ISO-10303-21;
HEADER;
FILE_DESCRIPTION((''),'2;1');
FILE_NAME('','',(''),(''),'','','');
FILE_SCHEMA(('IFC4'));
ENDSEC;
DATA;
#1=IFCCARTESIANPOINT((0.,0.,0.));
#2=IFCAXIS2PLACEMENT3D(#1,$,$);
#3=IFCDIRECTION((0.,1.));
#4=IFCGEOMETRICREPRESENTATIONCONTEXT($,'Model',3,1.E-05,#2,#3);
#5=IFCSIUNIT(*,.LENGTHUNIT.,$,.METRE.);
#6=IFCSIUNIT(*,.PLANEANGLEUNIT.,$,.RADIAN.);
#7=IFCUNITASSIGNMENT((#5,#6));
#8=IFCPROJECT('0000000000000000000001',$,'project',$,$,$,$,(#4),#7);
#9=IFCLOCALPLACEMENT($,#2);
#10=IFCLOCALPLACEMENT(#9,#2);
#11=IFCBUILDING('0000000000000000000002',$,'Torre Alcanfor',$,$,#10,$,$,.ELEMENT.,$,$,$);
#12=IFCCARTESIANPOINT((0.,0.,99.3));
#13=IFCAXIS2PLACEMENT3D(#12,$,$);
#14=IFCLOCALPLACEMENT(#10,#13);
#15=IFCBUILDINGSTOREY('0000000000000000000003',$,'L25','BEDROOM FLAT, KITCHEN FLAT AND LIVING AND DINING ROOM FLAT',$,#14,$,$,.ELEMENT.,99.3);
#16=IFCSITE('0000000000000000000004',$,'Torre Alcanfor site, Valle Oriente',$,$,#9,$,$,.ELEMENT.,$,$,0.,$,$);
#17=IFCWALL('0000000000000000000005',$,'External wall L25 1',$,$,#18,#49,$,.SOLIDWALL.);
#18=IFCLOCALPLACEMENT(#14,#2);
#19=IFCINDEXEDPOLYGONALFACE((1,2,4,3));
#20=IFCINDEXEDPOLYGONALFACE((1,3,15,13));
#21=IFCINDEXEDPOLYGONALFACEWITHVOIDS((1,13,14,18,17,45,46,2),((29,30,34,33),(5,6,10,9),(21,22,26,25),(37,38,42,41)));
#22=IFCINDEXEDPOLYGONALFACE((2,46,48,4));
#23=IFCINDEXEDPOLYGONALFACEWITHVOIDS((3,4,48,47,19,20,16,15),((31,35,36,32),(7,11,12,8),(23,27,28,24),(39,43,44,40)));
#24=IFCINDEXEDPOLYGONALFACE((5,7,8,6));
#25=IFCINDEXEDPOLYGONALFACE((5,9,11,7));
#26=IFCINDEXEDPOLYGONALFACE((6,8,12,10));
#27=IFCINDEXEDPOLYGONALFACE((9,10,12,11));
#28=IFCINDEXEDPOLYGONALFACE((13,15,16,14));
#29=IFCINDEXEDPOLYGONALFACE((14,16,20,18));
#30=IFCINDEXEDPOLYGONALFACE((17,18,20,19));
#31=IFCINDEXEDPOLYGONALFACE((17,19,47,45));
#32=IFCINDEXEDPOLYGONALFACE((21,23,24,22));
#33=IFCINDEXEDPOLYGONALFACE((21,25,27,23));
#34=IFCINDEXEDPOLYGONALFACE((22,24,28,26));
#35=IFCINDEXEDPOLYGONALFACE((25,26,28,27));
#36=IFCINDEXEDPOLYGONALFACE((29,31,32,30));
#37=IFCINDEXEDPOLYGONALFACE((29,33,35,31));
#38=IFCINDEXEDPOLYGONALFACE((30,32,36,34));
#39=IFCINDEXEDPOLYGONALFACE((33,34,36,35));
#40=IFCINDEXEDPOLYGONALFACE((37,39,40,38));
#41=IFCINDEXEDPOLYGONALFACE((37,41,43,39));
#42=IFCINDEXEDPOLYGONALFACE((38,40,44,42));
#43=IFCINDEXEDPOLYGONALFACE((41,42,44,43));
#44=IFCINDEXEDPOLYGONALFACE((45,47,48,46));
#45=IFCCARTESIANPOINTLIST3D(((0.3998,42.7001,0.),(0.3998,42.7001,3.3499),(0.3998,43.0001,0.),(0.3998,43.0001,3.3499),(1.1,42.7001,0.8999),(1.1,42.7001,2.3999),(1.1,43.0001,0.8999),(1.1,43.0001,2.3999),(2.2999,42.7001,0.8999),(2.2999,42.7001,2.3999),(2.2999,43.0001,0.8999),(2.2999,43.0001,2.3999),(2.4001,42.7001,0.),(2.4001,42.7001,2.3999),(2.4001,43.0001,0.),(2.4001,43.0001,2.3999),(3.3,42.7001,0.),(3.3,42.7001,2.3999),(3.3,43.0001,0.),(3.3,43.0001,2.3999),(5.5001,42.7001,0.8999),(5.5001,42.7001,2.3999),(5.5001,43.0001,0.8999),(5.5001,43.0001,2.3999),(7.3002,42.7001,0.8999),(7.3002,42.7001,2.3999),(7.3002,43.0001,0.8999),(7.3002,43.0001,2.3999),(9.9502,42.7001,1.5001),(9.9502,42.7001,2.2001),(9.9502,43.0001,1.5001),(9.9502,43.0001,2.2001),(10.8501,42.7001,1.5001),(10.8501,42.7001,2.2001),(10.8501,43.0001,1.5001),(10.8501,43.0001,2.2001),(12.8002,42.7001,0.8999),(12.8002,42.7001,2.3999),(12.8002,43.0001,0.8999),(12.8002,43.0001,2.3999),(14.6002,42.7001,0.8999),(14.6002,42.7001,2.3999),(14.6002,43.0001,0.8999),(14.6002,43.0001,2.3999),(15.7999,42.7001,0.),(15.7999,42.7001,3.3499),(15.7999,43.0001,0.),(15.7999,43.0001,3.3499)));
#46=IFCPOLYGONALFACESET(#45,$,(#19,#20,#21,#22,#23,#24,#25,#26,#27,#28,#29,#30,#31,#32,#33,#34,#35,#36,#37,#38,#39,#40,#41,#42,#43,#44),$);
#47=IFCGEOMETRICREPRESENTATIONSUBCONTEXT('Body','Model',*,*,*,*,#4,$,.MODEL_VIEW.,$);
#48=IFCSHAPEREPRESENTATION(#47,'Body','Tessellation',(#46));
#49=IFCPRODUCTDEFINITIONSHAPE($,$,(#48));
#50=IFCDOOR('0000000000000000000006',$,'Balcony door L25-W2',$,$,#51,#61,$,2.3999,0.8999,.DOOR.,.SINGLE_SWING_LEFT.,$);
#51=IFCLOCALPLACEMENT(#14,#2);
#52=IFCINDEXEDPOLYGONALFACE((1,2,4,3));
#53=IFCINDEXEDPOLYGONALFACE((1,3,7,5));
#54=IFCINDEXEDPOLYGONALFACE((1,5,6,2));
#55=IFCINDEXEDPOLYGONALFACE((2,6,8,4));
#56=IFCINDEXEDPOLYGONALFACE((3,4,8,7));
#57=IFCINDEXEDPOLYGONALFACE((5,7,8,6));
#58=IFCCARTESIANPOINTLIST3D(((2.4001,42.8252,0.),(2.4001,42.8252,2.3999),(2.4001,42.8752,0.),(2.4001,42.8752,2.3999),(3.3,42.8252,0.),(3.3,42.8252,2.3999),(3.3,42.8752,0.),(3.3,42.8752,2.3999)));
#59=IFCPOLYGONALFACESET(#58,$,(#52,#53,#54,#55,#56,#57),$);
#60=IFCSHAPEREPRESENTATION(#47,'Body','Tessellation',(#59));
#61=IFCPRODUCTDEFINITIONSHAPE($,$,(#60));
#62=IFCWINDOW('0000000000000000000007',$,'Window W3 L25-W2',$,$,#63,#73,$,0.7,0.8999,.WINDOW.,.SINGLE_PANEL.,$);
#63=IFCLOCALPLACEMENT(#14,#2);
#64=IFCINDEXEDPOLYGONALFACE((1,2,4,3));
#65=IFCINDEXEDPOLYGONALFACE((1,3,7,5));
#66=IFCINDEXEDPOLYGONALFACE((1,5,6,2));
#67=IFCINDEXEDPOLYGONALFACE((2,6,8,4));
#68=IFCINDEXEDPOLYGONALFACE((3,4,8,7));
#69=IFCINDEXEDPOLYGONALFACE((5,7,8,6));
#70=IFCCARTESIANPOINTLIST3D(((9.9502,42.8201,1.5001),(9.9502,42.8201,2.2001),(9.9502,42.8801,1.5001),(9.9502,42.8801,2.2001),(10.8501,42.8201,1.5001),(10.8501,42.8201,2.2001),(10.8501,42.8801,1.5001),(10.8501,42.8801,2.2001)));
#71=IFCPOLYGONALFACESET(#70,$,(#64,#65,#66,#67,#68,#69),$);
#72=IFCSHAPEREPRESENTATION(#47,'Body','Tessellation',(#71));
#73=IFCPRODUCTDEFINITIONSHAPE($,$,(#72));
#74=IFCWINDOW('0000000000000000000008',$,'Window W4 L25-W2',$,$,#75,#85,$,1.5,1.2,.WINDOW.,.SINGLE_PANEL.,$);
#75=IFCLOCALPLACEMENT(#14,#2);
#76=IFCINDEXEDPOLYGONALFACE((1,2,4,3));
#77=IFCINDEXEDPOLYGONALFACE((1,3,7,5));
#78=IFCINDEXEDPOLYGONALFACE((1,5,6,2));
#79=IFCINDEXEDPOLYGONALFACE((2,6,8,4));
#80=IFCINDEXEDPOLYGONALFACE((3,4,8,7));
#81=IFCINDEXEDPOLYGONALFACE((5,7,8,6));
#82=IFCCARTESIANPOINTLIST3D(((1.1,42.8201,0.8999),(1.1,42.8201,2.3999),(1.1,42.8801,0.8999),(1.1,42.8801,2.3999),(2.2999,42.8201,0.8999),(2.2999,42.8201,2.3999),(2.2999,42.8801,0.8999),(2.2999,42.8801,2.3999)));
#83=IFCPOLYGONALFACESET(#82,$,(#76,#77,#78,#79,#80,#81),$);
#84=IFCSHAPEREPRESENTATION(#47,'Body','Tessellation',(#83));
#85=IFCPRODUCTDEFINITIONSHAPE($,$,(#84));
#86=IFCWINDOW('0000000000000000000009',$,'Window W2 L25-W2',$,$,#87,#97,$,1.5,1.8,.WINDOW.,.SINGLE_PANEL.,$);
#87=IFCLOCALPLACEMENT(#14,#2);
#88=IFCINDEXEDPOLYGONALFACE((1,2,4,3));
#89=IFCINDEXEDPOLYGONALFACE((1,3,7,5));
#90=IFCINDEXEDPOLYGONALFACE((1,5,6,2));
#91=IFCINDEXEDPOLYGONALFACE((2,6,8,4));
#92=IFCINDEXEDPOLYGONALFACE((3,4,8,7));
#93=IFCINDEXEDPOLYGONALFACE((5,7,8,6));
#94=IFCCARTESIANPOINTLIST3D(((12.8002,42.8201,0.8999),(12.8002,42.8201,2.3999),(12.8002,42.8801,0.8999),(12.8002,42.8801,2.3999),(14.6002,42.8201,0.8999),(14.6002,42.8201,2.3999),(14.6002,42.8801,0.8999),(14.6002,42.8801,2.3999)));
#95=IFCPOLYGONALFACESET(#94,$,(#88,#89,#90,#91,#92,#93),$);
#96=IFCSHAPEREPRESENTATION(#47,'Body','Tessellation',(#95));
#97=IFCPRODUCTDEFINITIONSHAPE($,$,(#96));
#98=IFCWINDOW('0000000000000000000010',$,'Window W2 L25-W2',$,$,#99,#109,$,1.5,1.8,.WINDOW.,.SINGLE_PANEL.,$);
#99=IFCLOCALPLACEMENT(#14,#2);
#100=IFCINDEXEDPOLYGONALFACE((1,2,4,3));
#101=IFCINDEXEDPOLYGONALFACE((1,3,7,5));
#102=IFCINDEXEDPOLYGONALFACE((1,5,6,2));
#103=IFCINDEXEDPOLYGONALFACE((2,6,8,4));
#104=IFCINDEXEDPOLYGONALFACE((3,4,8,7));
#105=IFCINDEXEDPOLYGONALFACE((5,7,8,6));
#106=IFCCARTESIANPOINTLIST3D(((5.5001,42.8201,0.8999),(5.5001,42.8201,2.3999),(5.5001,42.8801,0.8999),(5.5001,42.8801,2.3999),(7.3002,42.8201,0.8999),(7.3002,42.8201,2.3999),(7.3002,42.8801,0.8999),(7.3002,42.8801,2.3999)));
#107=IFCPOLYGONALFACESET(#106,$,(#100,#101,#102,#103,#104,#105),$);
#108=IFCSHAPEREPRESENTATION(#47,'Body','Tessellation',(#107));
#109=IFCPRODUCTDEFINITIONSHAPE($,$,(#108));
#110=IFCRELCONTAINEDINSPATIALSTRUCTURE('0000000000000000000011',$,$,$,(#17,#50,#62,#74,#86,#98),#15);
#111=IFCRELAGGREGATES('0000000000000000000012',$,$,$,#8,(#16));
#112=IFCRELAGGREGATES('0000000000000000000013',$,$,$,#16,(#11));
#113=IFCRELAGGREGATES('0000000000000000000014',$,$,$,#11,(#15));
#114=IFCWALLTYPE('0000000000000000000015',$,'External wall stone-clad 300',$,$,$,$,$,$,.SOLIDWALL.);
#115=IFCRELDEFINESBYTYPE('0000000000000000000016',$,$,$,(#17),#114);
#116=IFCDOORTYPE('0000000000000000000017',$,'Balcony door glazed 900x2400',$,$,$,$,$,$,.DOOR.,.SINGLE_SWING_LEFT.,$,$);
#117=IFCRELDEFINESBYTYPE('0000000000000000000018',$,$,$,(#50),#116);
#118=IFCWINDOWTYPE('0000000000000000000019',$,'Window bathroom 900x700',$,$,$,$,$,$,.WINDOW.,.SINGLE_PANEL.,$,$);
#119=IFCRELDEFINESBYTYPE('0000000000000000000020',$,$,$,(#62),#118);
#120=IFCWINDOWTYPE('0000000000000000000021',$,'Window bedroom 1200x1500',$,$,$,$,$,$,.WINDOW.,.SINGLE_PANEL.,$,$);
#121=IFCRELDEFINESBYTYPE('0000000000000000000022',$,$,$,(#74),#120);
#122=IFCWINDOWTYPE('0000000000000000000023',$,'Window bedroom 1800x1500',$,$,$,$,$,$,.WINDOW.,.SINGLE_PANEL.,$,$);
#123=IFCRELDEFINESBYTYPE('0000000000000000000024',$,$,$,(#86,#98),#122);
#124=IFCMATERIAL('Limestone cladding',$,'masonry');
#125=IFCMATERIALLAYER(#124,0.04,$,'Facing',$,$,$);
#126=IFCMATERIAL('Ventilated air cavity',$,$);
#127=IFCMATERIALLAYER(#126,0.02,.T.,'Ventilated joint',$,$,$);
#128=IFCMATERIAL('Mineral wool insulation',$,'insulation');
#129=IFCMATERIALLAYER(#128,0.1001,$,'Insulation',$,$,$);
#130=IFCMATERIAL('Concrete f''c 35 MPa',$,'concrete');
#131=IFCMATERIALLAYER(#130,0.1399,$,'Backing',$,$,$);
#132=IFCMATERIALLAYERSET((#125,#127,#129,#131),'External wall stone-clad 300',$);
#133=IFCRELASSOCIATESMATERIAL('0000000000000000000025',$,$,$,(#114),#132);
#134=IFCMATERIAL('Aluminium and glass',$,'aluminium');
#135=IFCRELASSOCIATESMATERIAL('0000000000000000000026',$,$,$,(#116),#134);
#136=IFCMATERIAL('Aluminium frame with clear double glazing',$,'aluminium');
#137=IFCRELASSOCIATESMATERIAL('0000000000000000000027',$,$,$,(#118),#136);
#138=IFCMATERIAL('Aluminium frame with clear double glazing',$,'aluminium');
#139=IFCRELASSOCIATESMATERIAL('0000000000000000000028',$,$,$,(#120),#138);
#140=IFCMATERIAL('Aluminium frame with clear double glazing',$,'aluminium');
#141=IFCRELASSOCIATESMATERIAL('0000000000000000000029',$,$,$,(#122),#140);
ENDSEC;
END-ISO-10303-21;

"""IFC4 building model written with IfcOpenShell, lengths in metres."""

from ifc_helpers import new_model, si_unit, direction, frame, frame_2d, origin, place, context, subcontext, project, spatial, rectangle, extrude, material, layer, layer_set, type_object, element, fill, save


model = new_model("IFC4")

# Units and contexts
model_context = context("Model", 3, precision=1e-05, world=origin(), true_north=direction((0.0, 1.0)))
body_context = subcontext(model_context, "Body", "Model", "MODEL_VIEW")
ifc_project = project(units=[si_unit("LENGTHUNIT", "METRE"), si_unit("PLANEANGLEUNIT", "RADIAN")], contexts=[model_context])

# Site, building, storey
site_placement = place(None, origin())
site = spatial("IfcSite", under=ifc_project, at=site_placement, Name="Torre Alcanfor site, Valle Oriente", CompositionType="ELEMENT", RefElevation=0.0)
building_placement = place(site_placement, origin())
building = spatial("IfcBuilding", under=site, at=building_placement, Name="Torre Alcanfor", CompositionType="ELEMENT")
storey_placement = place(building_placement, frame((0.0, 0.0, 99.3)))
storey = spatial("IfcBuildingStorey", under=building, at=storey_placement, Name="L25", Description="BEDROOM FLAT, KITCHEN FLAT AND LIVING AND DINING ROOM FLAT", CompositionType="ELEMENT", Elevation=99.3)

# Wall, openings, door, windows
ifc_material_1 = material(Name="Limestone cladding", Category="masonry")
ifc_layer_1 = layer(ifc_material_1, 0.04, Name="Facing")
ifc_material_2 = material(Name="Ventilated air cavity")
ifc_layer_2 = layer(ifc_material_2, 0.02, ventilated=True, Name="Ventilated joint")
ifc_material_3 = material(Name="Mineral wool insulation", Category="insulation")
ifc_layer_3 = layer(ifc_material_3, 0.1001, Name="Insulation")
ifc_material_4 = material(Name="Concrete f'c 35 MPa", Category="concrete")
ifc_layer_4 = layer(ifc_material_4, 0.1399, Name="Backing")
ifc_layer_set_1 = layer_set([ifc_layer_1, ifc_layer_2, ifc_layer_3, ifc_layer_4], Name="External wall stone-clad 300")
wall_type_1 = type_object("IfcWallType", Name="External wall stone-clad 300", PredefinedType="SOLIDWALL", material=ifc_layer_set_1)
wall_1_placement = place(storey_placement, frame((15.8, 42.8501, 0.0), z_axis=(0.0, 0.0, 1.0), x_axis=(-1.0, 0.0, 0.0)))
wall_1 = element("IfcWall", 1, at=wall_1_placement, inside=storey, type_object=wall_type_1, Name="External wall L25 1", PredefinedType="SOLIDWALL", context=body_context, shape_type="SweptSolid", body=[
    extrude(rectangle(XDim=15.4001, YDim=0.3, at=frame_2d((7.7002, 0.0))), origin(), (0.0, 0.0, 1.0), 3.3499),
])
opening_1_placement = place(wall_1_placement, frame((1.2, 0.0, 0.8999)))
opening_1 = element("IfcOpeningElement", 2, at=opening_1_placement, cuts=wall_1, PredefinedType="OPENING", context=body_context, shape_type="SweptSolid", body=[
    extrude(rectangle(XDim=1.8, YDim=1.5, at=frame_2d((0.8999, 0.75))), frame((0.0, 0.1599, 0.0), z_axis=(0.0, -1.0, 0.0), x_axis=(1.0, 0.0, 0.0)), (0.0, 0.0, 1.0), 0.3201),
])
opening_2_placement = place(wall_1_placement, frame((4.95, 0.0, 1.5)))
opening_2 = element("IfcOpeningElement", 3, at=opening_2_placement, cuts=wall_1, PredefinedType="OPENING", context=body_context, shape_type="SweptSolid", body=[
    extrude(rectangle(XDim=0.8999, YDim=0.7, at=frame_2d((0.45, 0.3501))), frame((0.0, 0.1599, 0.0), z_axis=(0.0, -1.0, 0.0), x_axis=(1.0, 0.0, 0.0)), (0.0, 0.0, 1.0), 0.3201),
])
opening_3_placement = place(wall_1_placement, frame((8.5, 0.0, 0.8999)))
opening_3 = element("IfcOpeningElement", 4, at=opening_3_placement, cuts=wall_1, PredefinedType="OPENING", context=body_context, shape_type="SweptSolid", body=[
    extrude(rectangle(XDim=1.8, YDim=1.5, at=frame_2d((0.8999, 0.75))), frame((0.0, 0.1599, 0.0), z_axis=(0.0, -1.0, 0.0), x_axis=(1.0, 0.0, 0.0)), (0.0, 0.0, 1.0), 0.3201),
])
opening_4_placement = place(wall_1_placement, frame((12.5, 0.0, 0.0)))
opening_4 = element("IfcOpeningElement", 5, at=opening_4_placement, cuts=wall_1, PredefinedType="OPENING", context=body_context, shape_type="SweptSolid", body=[
    extrude(rectangle(XDim=0.8999, YDim=2.3999, at=frame_2d((0.45, 1.2))), frame((0.0, 0.1599, 0.0), z_axis=(0.0, -1.0, 0.0), x_axis=(1.0, 0.0, 0.0)), (0.0, 0.0, 1.0), 0.3201),
])
opening_5_placement = place(wall_1_placement, frame((13.5, 0.0, 0.8999)))
opening_5 = element("IfcOpeningElement", 6, at=opening_5_placement, cuts=wall_1, PredefinedType="OPENING", context=body_context, shape_type="SweptSolid", body=[
    extrude(rectangle(XDim=1.2, YDim=1.5, at=frame_2d((0.6001, 0.75))), frame((0.0, 0.1599, 0.0), z_axis=(0.0, -1.0, 0.0), x_axis=(1.0, 0.0, 0.0)), (0.0, 0.0, 1.0), 0.3201),
])
ifc_material_5 = material(Name="Aluminium and glass", Category="aluminium")
door_type = type_object("IfcDoorType", Name="Balcony door glazed 900x2400", OperationType="SINGLE_SWING_LEFT", PredefinedType="DOOR", material=ifc_material_5)
door_1_placement = place(opening_4_placement, origin())
door_1 = element("IfcDoor", 7, at=door_1_placement, inside=storey, type_object=door_type, Name="Balcony door L25-W2", OperationType="SINGLE_SWING_LEFT", OverallHeight=2.3999, OverallWidth=0.8999, PredefinedType="DOOR", context=body_context, shape_type="SweptSolid", body=[
    extrude(rectangle(XDim=0.8999, YDim=2.3999, at=frame_2d((0.45, 1.2))), frame((0.0, 0.0249, 0.0), z_axis=(0.0, -1.0, 0.0), x_axis=(1.0, 0.0, 0.0)), (0.0, 0.0, 1.0), 0.05),
])
fill(opening_4, door_1)
ifc_material_6 = material(Name="Aluminium frame with clear double glazing", Category="aluminium")
window_type_1 = type_object("IfcWindowType", Name="Window bathroom 900x700", PartitioningType="SINGLE_PANEL", PredefinedType="WINDOW", material=ifc_material_6)
window_1_placement = place(opening_2_placement, origin())
window_1 = element("IfcWindow", 8, at=window_1_placement, inside=storey, type_object=window_type_1, Name="Window W3 L25-W2", OverallHeight=0.7, OverallWidth=0.8999, PartitioningType="SINGLE_PANEL", PredefinedType="WINDOW", context=body_context, shape_type="SweptSolid", body=[
    extrude(rectangle(XDim=0.8999, YDim=0.7, at=frame_2d((0.45, 0.3501))), frame((0.0, 0.03, 0.0), z_axis=(0.0, -1.0, 0.0), x_axis=(1.0, 0.0, 0.0)), (0.0, 0.0, 1.0), 0.0601),
])
fill(opening_2, window_1)
ifc_material_7 = material(Name="Aluminium frame with clear double glazing", Category="aluminium")
window_type_2 = type_object("IfcWindowType", Name="Window bedroom 1200x1500", PartitioningType="SINGLE_PANEL", PredefinedType="WINDOW", material=ifc_material_7)
window_2_placement = place(opening_5_placement, origin())
window_2 = element("IfcWindow", 9, at=window_2_placement, inside=storey, type_object=window_type_2, Name="Window W4 L25-W2", OverallHeight=1.5, OverallWidth=1.2, PartitioningType="SINGLE_PANEL", PredefinedType="WINDOW", context=body_context, shape_type="SweptSolid", body=[
    extrude(rectangle(XDim=1.2, YDim=1.5, at=frame_2d((0.6001, 0.75))), frame((0.0, 0.03, 0.0), z_axis=(0.0, -1.0, 0.0), x_axis=(1.0, 0.0, 0.0)), (0.0, 0.0, 1.0), 0.0601),
])
fill(opening_5, window_2)
ifc_material_8 = material(Name="Aluminium frame with clear double glazing", Category="aluminium")
window_type_3 = type_object("IfcWindowType", Name="Window bedroom 1800x1500", PartitioningType="SINGLE_PANEL", PredefinedType="WINDOW", material=ifc_material_8)
window_3_placement = place(opening_1_placement, origin())
window_3 = element("IfcWindow", 10, at=window_3_placement, inside=storey, type_object=window_type_3, Name="Window W2 L25-W2", OverallHeight=1.5, OverallWidth=1.8, PartitioningType="SINGLE_PANEL", PredefinedType="WINDOW", context=body_context, shape_type="SweptSolid", body=[
    extrude(rectangle(XDim=1.8, YDim=1.5, at=frame_2d((0.8999, 0.75))), frame((0.0, 0.03, 0.0), z_axis=(0.0, -1.0, 0.0), x_axis=(1.0, 0.0, 0.0)), (0.0, 0.0, 1.0), 0.0601),
])
fill(opening_1, window_3)
window_4_placement = place(opening_3_placement, origin())
window_4 = element("IfcWindow", 11, at=window_4_placement, inside=storey, type_object=window_type_3, Name="Window W2 L25-W2", OverallHeight=1.5, OverallWidth=1.8, PartitioningType="SINGLE_PANEL", PredefinedType="WINDOW", context=body_context, shape_type="SweptSolid", body=[
    extrude(rectangle(XDim=1.8, YDim=1.5, at=frame_2d((0.8999, 0.75))), frame((0.0, 0.03, 0.0), z_axis=(0.0, -1.0, 0.0), x_axis=(1.0, 0.0, 0.0)), (0.0, 0.0, 1.0), 0.0601),
])
fill(opening_3, window_4)

save(model, "model.ifc")
